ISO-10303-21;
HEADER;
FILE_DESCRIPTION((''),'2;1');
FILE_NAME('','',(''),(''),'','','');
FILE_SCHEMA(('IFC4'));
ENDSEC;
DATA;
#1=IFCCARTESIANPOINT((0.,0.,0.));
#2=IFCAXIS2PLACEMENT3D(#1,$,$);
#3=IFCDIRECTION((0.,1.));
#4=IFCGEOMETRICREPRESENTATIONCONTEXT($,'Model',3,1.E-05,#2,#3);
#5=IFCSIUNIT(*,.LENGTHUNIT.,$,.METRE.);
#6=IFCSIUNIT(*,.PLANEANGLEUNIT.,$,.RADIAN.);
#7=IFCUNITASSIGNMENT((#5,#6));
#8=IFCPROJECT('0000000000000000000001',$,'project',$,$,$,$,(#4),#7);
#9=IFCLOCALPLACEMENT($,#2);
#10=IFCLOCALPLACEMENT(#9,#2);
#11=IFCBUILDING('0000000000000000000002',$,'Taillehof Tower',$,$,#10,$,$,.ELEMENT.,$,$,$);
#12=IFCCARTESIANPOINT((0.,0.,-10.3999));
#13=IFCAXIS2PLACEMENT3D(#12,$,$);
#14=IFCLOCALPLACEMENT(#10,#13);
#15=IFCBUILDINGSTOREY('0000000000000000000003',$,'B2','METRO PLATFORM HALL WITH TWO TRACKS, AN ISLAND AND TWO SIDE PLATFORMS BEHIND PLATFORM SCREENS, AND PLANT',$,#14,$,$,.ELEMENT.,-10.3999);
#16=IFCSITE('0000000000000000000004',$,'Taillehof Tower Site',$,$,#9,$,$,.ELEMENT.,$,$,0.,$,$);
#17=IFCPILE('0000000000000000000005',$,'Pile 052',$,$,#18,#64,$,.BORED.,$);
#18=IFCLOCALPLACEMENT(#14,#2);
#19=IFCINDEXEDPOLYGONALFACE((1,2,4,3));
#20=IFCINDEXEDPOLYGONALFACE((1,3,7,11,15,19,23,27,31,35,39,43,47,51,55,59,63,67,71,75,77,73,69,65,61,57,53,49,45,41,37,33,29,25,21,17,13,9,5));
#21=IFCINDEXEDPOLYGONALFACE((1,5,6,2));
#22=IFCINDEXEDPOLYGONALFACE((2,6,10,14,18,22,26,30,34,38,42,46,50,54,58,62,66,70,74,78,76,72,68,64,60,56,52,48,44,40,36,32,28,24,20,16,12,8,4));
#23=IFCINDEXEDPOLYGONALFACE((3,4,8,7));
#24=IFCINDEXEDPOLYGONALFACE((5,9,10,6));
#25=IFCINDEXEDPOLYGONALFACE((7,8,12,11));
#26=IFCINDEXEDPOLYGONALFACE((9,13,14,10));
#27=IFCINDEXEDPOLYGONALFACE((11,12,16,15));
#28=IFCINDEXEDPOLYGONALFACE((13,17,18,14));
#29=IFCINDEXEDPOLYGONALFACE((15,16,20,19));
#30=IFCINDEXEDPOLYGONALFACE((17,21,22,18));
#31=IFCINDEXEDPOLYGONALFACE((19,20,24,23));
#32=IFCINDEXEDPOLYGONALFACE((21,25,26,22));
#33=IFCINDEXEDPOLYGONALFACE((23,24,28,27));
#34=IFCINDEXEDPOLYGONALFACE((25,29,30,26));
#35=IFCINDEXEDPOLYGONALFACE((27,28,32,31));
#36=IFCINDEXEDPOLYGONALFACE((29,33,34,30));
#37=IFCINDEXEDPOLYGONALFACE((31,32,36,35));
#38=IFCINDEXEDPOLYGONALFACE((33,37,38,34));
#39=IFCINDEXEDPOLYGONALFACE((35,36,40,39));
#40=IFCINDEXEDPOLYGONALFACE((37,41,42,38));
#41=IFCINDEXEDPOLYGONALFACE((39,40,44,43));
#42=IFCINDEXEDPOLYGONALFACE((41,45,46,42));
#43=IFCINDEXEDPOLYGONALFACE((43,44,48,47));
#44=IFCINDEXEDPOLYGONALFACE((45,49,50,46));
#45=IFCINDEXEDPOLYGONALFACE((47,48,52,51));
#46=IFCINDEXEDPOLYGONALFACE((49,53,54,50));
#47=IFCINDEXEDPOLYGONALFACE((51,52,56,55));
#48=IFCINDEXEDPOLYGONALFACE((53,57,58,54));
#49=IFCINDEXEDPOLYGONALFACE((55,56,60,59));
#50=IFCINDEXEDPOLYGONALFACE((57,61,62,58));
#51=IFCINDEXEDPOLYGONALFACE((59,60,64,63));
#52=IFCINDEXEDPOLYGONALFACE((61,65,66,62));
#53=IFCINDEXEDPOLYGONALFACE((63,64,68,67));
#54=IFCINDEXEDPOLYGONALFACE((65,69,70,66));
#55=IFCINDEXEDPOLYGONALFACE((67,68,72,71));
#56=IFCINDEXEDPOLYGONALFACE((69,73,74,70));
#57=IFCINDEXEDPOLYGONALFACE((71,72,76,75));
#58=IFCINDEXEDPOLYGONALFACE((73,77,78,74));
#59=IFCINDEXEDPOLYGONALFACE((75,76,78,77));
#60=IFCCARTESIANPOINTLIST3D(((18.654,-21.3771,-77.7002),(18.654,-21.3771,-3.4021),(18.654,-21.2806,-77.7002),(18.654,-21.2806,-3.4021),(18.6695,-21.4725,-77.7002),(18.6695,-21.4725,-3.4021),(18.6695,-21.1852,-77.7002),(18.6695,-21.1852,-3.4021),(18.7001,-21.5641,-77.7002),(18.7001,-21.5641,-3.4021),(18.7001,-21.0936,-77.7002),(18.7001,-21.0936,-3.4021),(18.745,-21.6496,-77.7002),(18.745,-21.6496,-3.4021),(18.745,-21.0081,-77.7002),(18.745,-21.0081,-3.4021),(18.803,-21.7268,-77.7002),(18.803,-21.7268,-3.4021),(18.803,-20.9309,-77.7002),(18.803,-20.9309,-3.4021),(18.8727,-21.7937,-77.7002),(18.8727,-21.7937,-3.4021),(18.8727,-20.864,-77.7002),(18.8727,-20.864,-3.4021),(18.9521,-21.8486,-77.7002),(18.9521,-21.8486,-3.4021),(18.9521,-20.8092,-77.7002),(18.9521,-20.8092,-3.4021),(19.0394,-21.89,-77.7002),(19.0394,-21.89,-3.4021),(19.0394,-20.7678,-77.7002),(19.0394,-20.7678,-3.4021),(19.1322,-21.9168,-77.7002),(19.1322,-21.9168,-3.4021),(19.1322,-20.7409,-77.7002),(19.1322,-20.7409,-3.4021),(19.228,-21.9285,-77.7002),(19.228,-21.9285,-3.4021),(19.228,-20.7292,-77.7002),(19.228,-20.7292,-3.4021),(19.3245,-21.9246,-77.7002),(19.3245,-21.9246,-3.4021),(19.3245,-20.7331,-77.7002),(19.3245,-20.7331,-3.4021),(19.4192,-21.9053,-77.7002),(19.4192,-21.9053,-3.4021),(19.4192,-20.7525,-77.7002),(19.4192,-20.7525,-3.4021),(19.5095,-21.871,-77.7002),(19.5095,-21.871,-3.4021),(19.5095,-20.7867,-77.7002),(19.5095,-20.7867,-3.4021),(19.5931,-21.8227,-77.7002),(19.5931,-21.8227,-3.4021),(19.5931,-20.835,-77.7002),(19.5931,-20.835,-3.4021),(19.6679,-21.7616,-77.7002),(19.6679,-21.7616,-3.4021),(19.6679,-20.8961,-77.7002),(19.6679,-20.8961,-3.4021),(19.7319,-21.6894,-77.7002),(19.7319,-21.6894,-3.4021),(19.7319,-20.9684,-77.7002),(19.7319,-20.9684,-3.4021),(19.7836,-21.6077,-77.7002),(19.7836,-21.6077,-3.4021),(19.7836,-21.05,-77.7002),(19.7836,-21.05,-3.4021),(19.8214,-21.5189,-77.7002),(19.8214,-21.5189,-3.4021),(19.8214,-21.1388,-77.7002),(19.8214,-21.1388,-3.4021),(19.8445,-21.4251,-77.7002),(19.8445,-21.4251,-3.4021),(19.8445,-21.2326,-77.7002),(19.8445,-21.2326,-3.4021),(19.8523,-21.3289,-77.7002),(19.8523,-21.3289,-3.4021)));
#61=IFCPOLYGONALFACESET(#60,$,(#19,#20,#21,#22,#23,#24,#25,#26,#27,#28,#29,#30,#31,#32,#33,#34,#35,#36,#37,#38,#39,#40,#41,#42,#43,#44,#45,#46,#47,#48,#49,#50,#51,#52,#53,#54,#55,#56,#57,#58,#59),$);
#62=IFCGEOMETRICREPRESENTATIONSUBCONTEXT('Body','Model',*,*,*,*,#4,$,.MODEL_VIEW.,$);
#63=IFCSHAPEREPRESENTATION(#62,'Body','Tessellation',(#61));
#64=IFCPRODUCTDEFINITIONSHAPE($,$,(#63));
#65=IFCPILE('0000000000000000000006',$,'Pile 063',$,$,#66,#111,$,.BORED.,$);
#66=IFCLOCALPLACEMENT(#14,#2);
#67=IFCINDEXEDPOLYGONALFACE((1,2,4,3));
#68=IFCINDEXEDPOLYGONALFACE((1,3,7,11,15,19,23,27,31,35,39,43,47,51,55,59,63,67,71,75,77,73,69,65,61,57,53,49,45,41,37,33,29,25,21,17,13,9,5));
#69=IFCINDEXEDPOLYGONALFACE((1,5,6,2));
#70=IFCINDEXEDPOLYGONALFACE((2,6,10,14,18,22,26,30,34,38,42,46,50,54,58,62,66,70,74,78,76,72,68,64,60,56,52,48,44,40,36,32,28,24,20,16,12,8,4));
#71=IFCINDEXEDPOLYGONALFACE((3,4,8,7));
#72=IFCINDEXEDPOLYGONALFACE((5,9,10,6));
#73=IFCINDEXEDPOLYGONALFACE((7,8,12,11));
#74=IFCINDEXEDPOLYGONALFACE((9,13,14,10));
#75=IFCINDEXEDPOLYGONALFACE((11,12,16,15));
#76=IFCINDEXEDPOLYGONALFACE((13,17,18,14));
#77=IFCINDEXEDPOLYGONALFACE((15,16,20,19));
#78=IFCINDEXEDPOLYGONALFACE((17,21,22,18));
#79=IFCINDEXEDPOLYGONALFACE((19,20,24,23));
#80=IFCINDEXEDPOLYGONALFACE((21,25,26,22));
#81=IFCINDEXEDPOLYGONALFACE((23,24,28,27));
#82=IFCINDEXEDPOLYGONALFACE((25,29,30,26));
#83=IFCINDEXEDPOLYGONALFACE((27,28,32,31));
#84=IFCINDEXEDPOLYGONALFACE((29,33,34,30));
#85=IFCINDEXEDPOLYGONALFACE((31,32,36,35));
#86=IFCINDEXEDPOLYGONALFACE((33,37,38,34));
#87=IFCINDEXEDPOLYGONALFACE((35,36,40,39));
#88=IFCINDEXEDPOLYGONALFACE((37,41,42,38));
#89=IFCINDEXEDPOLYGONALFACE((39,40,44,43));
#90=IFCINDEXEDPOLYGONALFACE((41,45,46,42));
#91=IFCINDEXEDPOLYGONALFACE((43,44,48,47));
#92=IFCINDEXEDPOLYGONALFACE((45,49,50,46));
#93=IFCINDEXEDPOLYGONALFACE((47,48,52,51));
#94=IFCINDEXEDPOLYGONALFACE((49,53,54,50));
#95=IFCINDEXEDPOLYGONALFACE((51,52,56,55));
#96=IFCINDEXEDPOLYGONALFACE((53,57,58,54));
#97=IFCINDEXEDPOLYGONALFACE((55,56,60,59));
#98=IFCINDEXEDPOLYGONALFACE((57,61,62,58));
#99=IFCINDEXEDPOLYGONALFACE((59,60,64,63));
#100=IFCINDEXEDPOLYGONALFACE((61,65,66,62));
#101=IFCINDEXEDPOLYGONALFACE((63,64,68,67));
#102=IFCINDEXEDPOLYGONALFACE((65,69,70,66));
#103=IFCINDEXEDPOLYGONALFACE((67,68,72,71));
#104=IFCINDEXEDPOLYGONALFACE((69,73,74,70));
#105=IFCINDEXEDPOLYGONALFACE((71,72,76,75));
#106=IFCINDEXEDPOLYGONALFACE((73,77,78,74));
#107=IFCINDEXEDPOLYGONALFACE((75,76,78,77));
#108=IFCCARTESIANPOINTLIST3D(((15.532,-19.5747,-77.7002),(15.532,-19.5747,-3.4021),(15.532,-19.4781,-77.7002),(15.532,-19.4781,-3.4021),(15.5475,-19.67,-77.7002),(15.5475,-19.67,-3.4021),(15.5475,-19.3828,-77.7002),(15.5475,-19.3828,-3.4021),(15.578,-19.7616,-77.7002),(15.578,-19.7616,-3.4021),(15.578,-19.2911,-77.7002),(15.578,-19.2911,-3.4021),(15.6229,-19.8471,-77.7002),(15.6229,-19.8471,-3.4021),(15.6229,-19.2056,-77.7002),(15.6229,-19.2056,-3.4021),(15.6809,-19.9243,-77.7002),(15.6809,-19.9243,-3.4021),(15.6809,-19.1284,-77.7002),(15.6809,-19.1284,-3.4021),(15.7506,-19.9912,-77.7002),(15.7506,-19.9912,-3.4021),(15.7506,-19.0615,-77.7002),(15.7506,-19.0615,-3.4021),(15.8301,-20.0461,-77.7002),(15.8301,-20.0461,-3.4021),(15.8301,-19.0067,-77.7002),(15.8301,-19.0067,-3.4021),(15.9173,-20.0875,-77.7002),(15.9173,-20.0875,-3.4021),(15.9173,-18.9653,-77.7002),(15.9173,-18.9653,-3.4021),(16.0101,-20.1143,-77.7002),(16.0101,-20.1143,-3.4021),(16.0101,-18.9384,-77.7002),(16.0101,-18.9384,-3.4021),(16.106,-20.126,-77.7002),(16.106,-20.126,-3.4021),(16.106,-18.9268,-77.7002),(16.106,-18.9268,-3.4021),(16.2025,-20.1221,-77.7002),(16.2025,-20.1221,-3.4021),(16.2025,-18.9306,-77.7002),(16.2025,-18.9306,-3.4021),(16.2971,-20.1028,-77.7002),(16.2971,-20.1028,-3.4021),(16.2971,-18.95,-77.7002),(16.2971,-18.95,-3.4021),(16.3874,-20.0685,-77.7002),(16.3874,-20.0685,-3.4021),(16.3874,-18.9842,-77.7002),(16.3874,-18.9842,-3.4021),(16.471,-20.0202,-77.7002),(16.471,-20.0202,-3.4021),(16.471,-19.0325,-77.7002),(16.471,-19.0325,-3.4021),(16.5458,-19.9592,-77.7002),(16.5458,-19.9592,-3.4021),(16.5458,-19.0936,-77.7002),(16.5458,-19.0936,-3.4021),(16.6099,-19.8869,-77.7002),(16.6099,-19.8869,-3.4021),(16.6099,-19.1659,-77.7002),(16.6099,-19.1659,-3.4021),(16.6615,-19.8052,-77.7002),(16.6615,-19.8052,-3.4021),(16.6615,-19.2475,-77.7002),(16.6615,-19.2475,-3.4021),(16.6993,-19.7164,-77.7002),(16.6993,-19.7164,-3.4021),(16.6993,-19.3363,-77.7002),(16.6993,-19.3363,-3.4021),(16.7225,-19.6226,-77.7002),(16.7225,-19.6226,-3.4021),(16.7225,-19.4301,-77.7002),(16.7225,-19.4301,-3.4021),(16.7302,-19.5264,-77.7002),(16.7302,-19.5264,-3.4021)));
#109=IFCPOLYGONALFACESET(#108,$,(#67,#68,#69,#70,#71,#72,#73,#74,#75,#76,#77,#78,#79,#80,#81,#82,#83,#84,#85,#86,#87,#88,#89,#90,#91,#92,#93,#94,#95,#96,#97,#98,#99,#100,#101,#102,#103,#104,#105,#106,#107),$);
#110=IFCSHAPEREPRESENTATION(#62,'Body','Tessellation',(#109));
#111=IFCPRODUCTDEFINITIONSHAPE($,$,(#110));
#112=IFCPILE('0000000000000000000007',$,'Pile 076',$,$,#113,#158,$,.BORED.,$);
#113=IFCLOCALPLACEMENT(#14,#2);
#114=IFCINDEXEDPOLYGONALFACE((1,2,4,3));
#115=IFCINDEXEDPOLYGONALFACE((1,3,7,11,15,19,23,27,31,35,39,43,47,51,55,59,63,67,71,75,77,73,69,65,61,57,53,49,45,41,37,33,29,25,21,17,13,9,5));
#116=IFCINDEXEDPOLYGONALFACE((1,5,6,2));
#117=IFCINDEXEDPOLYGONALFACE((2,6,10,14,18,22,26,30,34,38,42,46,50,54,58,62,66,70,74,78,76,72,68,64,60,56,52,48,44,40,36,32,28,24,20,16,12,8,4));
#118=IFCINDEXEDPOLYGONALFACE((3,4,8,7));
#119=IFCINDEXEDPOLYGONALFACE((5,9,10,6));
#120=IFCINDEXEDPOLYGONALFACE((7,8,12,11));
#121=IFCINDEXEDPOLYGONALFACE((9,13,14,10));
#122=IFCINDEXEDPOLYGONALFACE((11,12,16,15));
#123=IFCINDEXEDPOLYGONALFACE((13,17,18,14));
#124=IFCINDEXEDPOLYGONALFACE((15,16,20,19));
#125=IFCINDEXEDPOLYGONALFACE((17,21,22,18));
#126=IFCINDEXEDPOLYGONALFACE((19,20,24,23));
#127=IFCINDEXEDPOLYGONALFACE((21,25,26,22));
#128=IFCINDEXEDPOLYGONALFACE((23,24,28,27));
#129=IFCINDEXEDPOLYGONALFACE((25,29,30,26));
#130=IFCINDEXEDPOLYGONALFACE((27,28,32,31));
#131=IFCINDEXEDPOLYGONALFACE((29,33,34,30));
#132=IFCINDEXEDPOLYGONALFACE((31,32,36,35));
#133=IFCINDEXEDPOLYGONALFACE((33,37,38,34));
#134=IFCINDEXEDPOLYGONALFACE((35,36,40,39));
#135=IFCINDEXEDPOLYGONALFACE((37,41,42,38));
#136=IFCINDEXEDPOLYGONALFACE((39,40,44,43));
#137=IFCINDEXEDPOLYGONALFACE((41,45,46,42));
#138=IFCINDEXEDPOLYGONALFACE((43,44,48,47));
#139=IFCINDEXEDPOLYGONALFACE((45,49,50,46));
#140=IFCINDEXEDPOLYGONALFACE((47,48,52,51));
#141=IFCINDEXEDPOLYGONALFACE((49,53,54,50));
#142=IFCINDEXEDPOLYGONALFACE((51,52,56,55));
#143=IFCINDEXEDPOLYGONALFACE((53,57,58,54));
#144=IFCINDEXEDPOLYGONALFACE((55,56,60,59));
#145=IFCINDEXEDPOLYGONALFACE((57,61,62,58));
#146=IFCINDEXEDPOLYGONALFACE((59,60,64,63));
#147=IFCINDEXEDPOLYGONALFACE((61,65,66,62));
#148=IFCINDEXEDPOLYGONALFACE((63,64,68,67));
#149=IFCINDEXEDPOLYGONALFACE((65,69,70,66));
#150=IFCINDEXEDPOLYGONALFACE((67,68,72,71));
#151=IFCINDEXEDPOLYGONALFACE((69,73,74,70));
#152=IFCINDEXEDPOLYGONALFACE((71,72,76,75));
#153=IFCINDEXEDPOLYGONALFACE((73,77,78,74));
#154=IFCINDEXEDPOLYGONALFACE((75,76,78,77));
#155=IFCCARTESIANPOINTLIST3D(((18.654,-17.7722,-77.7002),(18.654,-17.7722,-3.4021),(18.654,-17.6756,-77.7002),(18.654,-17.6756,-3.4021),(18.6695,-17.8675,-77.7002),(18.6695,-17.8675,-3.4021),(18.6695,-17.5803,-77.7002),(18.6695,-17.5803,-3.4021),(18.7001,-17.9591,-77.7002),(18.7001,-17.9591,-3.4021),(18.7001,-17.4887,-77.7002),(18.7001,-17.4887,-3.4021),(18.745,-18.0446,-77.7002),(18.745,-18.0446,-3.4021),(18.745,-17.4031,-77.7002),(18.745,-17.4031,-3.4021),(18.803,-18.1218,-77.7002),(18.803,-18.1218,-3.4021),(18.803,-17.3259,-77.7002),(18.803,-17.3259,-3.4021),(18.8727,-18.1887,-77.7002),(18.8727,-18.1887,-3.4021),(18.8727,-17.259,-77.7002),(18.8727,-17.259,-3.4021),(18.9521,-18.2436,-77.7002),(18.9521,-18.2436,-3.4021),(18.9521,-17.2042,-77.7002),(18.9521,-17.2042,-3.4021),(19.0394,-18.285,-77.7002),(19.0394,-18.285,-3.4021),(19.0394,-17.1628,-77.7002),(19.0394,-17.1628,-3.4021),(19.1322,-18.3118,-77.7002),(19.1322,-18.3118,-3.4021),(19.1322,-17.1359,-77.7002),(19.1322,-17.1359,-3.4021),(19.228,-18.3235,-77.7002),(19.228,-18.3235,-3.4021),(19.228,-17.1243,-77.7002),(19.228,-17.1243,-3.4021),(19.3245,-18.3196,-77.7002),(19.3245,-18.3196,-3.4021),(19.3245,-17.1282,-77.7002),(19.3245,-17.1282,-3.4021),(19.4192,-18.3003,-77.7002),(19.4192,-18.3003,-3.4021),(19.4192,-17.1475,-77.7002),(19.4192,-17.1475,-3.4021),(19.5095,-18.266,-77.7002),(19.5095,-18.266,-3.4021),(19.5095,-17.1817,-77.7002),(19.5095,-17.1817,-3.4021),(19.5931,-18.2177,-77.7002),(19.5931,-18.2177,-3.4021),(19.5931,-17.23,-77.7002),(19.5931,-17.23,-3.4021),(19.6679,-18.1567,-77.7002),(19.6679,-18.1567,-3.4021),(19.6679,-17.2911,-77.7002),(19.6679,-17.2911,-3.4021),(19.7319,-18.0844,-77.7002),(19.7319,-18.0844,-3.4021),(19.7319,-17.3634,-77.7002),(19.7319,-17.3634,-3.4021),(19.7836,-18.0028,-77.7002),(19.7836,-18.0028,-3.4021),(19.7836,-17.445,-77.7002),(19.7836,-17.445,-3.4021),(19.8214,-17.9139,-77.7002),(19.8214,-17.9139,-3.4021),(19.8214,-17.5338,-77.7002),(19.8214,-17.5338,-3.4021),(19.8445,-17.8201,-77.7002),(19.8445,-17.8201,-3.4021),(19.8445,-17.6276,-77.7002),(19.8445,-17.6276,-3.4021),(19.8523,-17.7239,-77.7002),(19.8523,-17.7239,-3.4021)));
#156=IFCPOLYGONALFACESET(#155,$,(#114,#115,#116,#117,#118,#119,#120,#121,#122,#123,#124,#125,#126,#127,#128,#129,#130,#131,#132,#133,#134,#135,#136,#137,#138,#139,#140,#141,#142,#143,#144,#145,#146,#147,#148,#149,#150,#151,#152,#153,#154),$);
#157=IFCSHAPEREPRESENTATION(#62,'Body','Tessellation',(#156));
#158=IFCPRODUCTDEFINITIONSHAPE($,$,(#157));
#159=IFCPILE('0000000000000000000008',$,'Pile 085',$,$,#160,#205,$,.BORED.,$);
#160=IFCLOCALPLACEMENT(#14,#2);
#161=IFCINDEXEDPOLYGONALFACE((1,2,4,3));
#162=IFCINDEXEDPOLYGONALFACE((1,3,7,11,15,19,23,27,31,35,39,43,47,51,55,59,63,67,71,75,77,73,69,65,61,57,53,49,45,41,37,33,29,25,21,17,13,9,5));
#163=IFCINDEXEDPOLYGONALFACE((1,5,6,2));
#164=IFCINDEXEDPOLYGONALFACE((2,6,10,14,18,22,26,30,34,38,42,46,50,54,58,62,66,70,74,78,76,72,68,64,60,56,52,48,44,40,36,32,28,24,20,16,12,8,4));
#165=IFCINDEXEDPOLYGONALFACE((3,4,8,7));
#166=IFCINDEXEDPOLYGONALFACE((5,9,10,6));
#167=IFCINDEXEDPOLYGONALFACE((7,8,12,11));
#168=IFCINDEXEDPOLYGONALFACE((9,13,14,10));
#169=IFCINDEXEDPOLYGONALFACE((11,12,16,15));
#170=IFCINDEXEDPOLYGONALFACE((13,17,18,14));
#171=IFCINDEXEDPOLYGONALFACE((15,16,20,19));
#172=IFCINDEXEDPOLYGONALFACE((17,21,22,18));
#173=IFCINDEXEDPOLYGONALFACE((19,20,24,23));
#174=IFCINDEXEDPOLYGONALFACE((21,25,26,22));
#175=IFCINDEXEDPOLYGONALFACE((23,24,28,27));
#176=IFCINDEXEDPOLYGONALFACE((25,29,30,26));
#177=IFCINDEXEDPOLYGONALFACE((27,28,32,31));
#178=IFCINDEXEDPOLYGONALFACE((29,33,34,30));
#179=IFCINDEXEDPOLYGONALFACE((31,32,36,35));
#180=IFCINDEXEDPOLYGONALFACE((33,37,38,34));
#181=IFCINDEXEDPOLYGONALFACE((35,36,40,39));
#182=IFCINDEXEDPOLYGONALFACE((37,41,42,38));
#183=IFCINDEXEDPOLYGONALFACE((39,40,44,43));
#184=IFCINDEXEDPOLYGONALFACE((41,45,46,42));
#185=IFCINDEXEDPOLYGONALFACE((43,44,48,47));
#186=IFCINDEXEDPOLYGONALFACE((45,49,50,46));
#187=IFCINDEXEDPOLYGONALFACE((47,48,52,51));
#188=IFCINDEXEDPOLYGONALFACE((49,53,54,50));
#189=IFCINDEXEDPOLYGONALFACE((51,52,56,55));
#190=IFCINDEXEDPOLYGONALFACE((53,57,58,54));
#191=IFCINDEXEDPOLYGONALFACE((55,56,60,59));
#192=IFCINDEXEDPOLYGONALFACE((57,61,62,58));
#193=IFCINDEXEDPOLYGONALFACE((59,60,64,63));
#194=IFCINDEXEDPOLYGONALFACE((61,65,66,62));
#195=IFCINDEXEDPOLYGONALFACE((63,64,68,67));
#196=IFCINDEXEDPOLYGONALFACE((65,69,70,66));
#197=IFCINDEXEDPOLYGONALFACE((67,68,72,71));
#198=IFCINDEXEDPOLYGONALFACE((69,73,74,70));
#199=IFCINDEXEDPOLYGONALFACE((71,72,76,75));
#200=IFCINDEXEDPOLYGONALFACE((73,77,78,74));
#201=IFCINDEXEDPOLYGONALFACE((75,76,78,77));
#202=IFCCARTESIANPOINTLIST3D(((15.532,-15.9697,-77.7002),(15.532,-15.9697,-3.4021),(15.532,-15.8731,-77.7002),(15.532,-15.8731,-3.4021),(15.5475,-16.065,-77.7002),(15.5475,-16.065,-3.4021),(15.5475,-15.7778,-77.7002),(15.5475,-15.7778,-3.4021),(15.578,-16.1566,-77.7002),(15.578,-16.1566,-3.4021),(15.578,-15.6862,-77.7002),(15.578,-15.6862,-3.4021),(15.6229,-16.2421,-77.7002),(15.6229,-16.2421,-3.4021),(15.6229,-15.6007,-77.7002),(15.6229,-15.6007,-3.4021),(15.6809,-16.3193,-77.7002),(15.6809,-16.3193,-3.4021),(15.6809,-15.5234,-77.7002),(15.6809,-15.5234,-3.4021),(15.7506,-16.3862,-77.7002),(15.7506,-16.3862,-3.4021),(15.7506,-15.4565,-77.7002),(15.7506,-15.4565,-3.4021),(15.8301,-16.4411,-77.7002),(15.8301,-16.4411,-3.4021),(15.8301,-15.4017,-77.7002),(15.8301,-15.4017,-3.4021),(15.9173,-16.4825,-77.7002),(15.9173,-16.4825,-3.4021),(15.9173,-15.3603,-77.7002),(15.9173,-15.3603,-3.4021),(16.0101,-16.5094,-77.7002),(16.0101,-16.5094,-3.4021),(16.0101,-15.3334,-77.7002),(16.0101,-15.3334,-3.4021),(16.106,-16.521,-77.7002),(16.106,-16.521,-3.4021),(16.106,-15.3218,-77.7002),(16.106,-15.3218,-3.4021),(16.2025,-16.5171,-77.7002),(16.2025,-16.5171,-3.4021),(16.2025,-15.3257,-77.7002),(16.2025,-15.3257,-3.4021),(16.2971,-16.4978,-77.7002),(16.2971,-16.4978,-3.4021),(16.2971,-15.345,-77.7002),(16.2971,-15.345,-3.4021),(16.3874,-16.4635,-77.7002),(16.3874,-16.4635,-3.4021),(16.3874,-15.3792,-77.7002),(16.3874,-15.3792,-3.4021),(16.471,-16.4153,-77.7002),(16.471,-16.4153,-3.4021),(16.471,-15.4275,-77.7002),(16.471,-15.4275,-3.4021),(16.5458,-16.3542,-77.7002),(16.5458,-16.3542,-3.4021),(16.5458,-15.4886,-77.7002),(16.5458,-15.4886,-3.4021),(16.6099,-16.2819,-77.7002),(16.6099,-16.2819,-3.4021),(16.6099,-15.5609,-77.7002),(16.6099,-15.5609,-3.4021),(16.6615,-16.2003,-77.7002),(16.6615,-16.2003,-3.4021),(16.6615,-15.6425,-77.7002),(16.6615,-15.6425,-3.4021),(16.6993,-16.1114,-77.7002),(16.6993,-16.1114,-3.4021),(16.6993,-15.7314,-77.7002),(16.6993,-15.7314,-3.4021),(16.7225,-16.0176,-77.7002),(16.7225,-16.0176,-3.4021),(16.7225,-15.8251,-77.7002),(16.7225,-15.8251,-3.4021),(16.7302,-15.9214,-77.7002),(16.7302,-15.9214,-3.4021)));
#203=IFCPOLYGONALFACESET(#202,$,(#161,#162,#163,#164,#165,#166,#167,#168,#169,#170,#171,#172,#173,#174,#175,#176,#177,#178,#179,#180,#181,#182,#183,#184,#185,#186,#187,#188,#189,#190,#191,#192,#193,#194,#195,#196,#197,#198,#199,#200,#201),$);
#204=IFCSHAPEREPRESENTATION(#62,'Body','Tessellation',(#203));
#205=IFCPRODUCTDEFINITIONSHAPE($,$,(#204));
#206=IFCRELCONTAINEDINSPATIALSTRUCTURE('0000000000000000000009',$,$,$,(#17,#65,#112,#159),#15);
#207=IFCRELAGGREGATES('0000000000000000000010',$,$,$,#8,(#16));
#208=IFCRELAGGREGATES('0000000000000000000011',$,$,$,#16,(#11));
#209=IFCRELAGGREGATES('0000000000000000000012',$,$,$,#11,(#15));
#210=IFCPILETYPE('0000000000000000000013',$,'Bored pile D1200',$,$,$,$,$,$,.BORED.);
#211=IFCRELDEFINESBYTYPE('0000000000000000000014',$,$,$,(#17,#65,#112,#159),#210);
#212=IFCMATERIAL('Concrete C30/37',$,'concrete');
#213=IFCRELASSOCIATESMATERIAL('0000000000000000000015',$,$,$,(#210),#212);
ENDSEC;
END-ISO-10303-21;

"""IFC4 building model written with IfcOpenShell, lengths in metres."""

from ifc_helpers import new_model, si_unit, direction, frame, origin, origin_2d, place, context, subcontext, project, spatial, circle, extrude, material, material_profile, profile_set, type_object, element, save


model = new_model("IFC4")

# Units and contexts
model_context = context("Model", 3, precision=1e-05, world=origin(), true_north=direction((0.0, 1.0)))
body_context = subcontext(model_context, "Body", "Model", "MODEL_VIEW")
ifc_project = project(units=[si_unit("LENGTHUNIT", "METRE"), si_unit("PLANEANGLEUNIT", "RADIAN")], contexts=[model_context])

# Site, building, storey
site_placement = place(None, origin())
site = spatial("IfcSite", under=ifc_project, at=site_placement, Name="Taillehof Tower Site", CompositionType="ELEMENT", RefElevation=0.0)
building_placement = place(site_placement, origin())
building = spatial("IfcBuilding", under=site, at=building_placement, Name="Taillehof Tower", CompositionType="ELEMENT")
storey_placement = place(building_placement, frame((0.0, 0.0, -10.3999)))
storey = spatial("IfcBuildingStorey", under=building, at=storey_placement, Name="B2", Description="METRO PLATFORM HALL WITH TWO TRACKS, AN ISLAND AND TWO SIDE PLATFORMS BEHIND PLATFORM SCREENS, AND PLANT", CompositionType="ELEMENT", Elevation=-10.3999)

# Piles
ifc_material_1 = material(Name="Concrete C30/37", Category="concrete")
ifc_material_profile_1 = material_profile(ifc_material_1, circle(Radius=0.6001, at=origin_2d()), Name="BP D1200")
ifc_profile_set_1 = profile_set([ifc_material_profile_1], Name="Concrete C30/37")
pile_type = type_object("IfcPileType", Name="Bored pile D1200", PredefinedType="BORED", material=ifc_profile_set_1)
for number, where, z_axis, x_axis, name in (
    (1, (19.2522, -21.3289, -3.4021), (0.0, 0.0, -1.0), (1.0, 0.0, 0.0), "Pile 052"),
    (2, (16.1301, -19.5264, -3.4021), (0.0, 0.0, -1.0), (1.0, 0.0, 0.0), "Pile 063"),
    (3, (19.2522, -17.7239, -3.4021), (0.0, 0.0, -1.0), (1.0, 0.0, 0.0), "Pile 076"),
    (4, (16.1301, -15.9214, -3.4021), (0.0, 0.0, -1.0), (1.0, 0.0, 0.0), "Pile 085"),
):
    element("IfcPile", number, at=place(storey_placement, frame(where, z_axis=z_axis, x_axis=x_axis)), inside=storey, type_object=pile_type, Name=name, PredefinedType="BORED", context=body_context, shape_type="SweptSolid", body=[
        extrude(circle(Radius=0.6001, at=origin_2d()), origin(), (0.0, 0.0, 1.0), 74.2981),
    ])

save(model, "model.ifc")
